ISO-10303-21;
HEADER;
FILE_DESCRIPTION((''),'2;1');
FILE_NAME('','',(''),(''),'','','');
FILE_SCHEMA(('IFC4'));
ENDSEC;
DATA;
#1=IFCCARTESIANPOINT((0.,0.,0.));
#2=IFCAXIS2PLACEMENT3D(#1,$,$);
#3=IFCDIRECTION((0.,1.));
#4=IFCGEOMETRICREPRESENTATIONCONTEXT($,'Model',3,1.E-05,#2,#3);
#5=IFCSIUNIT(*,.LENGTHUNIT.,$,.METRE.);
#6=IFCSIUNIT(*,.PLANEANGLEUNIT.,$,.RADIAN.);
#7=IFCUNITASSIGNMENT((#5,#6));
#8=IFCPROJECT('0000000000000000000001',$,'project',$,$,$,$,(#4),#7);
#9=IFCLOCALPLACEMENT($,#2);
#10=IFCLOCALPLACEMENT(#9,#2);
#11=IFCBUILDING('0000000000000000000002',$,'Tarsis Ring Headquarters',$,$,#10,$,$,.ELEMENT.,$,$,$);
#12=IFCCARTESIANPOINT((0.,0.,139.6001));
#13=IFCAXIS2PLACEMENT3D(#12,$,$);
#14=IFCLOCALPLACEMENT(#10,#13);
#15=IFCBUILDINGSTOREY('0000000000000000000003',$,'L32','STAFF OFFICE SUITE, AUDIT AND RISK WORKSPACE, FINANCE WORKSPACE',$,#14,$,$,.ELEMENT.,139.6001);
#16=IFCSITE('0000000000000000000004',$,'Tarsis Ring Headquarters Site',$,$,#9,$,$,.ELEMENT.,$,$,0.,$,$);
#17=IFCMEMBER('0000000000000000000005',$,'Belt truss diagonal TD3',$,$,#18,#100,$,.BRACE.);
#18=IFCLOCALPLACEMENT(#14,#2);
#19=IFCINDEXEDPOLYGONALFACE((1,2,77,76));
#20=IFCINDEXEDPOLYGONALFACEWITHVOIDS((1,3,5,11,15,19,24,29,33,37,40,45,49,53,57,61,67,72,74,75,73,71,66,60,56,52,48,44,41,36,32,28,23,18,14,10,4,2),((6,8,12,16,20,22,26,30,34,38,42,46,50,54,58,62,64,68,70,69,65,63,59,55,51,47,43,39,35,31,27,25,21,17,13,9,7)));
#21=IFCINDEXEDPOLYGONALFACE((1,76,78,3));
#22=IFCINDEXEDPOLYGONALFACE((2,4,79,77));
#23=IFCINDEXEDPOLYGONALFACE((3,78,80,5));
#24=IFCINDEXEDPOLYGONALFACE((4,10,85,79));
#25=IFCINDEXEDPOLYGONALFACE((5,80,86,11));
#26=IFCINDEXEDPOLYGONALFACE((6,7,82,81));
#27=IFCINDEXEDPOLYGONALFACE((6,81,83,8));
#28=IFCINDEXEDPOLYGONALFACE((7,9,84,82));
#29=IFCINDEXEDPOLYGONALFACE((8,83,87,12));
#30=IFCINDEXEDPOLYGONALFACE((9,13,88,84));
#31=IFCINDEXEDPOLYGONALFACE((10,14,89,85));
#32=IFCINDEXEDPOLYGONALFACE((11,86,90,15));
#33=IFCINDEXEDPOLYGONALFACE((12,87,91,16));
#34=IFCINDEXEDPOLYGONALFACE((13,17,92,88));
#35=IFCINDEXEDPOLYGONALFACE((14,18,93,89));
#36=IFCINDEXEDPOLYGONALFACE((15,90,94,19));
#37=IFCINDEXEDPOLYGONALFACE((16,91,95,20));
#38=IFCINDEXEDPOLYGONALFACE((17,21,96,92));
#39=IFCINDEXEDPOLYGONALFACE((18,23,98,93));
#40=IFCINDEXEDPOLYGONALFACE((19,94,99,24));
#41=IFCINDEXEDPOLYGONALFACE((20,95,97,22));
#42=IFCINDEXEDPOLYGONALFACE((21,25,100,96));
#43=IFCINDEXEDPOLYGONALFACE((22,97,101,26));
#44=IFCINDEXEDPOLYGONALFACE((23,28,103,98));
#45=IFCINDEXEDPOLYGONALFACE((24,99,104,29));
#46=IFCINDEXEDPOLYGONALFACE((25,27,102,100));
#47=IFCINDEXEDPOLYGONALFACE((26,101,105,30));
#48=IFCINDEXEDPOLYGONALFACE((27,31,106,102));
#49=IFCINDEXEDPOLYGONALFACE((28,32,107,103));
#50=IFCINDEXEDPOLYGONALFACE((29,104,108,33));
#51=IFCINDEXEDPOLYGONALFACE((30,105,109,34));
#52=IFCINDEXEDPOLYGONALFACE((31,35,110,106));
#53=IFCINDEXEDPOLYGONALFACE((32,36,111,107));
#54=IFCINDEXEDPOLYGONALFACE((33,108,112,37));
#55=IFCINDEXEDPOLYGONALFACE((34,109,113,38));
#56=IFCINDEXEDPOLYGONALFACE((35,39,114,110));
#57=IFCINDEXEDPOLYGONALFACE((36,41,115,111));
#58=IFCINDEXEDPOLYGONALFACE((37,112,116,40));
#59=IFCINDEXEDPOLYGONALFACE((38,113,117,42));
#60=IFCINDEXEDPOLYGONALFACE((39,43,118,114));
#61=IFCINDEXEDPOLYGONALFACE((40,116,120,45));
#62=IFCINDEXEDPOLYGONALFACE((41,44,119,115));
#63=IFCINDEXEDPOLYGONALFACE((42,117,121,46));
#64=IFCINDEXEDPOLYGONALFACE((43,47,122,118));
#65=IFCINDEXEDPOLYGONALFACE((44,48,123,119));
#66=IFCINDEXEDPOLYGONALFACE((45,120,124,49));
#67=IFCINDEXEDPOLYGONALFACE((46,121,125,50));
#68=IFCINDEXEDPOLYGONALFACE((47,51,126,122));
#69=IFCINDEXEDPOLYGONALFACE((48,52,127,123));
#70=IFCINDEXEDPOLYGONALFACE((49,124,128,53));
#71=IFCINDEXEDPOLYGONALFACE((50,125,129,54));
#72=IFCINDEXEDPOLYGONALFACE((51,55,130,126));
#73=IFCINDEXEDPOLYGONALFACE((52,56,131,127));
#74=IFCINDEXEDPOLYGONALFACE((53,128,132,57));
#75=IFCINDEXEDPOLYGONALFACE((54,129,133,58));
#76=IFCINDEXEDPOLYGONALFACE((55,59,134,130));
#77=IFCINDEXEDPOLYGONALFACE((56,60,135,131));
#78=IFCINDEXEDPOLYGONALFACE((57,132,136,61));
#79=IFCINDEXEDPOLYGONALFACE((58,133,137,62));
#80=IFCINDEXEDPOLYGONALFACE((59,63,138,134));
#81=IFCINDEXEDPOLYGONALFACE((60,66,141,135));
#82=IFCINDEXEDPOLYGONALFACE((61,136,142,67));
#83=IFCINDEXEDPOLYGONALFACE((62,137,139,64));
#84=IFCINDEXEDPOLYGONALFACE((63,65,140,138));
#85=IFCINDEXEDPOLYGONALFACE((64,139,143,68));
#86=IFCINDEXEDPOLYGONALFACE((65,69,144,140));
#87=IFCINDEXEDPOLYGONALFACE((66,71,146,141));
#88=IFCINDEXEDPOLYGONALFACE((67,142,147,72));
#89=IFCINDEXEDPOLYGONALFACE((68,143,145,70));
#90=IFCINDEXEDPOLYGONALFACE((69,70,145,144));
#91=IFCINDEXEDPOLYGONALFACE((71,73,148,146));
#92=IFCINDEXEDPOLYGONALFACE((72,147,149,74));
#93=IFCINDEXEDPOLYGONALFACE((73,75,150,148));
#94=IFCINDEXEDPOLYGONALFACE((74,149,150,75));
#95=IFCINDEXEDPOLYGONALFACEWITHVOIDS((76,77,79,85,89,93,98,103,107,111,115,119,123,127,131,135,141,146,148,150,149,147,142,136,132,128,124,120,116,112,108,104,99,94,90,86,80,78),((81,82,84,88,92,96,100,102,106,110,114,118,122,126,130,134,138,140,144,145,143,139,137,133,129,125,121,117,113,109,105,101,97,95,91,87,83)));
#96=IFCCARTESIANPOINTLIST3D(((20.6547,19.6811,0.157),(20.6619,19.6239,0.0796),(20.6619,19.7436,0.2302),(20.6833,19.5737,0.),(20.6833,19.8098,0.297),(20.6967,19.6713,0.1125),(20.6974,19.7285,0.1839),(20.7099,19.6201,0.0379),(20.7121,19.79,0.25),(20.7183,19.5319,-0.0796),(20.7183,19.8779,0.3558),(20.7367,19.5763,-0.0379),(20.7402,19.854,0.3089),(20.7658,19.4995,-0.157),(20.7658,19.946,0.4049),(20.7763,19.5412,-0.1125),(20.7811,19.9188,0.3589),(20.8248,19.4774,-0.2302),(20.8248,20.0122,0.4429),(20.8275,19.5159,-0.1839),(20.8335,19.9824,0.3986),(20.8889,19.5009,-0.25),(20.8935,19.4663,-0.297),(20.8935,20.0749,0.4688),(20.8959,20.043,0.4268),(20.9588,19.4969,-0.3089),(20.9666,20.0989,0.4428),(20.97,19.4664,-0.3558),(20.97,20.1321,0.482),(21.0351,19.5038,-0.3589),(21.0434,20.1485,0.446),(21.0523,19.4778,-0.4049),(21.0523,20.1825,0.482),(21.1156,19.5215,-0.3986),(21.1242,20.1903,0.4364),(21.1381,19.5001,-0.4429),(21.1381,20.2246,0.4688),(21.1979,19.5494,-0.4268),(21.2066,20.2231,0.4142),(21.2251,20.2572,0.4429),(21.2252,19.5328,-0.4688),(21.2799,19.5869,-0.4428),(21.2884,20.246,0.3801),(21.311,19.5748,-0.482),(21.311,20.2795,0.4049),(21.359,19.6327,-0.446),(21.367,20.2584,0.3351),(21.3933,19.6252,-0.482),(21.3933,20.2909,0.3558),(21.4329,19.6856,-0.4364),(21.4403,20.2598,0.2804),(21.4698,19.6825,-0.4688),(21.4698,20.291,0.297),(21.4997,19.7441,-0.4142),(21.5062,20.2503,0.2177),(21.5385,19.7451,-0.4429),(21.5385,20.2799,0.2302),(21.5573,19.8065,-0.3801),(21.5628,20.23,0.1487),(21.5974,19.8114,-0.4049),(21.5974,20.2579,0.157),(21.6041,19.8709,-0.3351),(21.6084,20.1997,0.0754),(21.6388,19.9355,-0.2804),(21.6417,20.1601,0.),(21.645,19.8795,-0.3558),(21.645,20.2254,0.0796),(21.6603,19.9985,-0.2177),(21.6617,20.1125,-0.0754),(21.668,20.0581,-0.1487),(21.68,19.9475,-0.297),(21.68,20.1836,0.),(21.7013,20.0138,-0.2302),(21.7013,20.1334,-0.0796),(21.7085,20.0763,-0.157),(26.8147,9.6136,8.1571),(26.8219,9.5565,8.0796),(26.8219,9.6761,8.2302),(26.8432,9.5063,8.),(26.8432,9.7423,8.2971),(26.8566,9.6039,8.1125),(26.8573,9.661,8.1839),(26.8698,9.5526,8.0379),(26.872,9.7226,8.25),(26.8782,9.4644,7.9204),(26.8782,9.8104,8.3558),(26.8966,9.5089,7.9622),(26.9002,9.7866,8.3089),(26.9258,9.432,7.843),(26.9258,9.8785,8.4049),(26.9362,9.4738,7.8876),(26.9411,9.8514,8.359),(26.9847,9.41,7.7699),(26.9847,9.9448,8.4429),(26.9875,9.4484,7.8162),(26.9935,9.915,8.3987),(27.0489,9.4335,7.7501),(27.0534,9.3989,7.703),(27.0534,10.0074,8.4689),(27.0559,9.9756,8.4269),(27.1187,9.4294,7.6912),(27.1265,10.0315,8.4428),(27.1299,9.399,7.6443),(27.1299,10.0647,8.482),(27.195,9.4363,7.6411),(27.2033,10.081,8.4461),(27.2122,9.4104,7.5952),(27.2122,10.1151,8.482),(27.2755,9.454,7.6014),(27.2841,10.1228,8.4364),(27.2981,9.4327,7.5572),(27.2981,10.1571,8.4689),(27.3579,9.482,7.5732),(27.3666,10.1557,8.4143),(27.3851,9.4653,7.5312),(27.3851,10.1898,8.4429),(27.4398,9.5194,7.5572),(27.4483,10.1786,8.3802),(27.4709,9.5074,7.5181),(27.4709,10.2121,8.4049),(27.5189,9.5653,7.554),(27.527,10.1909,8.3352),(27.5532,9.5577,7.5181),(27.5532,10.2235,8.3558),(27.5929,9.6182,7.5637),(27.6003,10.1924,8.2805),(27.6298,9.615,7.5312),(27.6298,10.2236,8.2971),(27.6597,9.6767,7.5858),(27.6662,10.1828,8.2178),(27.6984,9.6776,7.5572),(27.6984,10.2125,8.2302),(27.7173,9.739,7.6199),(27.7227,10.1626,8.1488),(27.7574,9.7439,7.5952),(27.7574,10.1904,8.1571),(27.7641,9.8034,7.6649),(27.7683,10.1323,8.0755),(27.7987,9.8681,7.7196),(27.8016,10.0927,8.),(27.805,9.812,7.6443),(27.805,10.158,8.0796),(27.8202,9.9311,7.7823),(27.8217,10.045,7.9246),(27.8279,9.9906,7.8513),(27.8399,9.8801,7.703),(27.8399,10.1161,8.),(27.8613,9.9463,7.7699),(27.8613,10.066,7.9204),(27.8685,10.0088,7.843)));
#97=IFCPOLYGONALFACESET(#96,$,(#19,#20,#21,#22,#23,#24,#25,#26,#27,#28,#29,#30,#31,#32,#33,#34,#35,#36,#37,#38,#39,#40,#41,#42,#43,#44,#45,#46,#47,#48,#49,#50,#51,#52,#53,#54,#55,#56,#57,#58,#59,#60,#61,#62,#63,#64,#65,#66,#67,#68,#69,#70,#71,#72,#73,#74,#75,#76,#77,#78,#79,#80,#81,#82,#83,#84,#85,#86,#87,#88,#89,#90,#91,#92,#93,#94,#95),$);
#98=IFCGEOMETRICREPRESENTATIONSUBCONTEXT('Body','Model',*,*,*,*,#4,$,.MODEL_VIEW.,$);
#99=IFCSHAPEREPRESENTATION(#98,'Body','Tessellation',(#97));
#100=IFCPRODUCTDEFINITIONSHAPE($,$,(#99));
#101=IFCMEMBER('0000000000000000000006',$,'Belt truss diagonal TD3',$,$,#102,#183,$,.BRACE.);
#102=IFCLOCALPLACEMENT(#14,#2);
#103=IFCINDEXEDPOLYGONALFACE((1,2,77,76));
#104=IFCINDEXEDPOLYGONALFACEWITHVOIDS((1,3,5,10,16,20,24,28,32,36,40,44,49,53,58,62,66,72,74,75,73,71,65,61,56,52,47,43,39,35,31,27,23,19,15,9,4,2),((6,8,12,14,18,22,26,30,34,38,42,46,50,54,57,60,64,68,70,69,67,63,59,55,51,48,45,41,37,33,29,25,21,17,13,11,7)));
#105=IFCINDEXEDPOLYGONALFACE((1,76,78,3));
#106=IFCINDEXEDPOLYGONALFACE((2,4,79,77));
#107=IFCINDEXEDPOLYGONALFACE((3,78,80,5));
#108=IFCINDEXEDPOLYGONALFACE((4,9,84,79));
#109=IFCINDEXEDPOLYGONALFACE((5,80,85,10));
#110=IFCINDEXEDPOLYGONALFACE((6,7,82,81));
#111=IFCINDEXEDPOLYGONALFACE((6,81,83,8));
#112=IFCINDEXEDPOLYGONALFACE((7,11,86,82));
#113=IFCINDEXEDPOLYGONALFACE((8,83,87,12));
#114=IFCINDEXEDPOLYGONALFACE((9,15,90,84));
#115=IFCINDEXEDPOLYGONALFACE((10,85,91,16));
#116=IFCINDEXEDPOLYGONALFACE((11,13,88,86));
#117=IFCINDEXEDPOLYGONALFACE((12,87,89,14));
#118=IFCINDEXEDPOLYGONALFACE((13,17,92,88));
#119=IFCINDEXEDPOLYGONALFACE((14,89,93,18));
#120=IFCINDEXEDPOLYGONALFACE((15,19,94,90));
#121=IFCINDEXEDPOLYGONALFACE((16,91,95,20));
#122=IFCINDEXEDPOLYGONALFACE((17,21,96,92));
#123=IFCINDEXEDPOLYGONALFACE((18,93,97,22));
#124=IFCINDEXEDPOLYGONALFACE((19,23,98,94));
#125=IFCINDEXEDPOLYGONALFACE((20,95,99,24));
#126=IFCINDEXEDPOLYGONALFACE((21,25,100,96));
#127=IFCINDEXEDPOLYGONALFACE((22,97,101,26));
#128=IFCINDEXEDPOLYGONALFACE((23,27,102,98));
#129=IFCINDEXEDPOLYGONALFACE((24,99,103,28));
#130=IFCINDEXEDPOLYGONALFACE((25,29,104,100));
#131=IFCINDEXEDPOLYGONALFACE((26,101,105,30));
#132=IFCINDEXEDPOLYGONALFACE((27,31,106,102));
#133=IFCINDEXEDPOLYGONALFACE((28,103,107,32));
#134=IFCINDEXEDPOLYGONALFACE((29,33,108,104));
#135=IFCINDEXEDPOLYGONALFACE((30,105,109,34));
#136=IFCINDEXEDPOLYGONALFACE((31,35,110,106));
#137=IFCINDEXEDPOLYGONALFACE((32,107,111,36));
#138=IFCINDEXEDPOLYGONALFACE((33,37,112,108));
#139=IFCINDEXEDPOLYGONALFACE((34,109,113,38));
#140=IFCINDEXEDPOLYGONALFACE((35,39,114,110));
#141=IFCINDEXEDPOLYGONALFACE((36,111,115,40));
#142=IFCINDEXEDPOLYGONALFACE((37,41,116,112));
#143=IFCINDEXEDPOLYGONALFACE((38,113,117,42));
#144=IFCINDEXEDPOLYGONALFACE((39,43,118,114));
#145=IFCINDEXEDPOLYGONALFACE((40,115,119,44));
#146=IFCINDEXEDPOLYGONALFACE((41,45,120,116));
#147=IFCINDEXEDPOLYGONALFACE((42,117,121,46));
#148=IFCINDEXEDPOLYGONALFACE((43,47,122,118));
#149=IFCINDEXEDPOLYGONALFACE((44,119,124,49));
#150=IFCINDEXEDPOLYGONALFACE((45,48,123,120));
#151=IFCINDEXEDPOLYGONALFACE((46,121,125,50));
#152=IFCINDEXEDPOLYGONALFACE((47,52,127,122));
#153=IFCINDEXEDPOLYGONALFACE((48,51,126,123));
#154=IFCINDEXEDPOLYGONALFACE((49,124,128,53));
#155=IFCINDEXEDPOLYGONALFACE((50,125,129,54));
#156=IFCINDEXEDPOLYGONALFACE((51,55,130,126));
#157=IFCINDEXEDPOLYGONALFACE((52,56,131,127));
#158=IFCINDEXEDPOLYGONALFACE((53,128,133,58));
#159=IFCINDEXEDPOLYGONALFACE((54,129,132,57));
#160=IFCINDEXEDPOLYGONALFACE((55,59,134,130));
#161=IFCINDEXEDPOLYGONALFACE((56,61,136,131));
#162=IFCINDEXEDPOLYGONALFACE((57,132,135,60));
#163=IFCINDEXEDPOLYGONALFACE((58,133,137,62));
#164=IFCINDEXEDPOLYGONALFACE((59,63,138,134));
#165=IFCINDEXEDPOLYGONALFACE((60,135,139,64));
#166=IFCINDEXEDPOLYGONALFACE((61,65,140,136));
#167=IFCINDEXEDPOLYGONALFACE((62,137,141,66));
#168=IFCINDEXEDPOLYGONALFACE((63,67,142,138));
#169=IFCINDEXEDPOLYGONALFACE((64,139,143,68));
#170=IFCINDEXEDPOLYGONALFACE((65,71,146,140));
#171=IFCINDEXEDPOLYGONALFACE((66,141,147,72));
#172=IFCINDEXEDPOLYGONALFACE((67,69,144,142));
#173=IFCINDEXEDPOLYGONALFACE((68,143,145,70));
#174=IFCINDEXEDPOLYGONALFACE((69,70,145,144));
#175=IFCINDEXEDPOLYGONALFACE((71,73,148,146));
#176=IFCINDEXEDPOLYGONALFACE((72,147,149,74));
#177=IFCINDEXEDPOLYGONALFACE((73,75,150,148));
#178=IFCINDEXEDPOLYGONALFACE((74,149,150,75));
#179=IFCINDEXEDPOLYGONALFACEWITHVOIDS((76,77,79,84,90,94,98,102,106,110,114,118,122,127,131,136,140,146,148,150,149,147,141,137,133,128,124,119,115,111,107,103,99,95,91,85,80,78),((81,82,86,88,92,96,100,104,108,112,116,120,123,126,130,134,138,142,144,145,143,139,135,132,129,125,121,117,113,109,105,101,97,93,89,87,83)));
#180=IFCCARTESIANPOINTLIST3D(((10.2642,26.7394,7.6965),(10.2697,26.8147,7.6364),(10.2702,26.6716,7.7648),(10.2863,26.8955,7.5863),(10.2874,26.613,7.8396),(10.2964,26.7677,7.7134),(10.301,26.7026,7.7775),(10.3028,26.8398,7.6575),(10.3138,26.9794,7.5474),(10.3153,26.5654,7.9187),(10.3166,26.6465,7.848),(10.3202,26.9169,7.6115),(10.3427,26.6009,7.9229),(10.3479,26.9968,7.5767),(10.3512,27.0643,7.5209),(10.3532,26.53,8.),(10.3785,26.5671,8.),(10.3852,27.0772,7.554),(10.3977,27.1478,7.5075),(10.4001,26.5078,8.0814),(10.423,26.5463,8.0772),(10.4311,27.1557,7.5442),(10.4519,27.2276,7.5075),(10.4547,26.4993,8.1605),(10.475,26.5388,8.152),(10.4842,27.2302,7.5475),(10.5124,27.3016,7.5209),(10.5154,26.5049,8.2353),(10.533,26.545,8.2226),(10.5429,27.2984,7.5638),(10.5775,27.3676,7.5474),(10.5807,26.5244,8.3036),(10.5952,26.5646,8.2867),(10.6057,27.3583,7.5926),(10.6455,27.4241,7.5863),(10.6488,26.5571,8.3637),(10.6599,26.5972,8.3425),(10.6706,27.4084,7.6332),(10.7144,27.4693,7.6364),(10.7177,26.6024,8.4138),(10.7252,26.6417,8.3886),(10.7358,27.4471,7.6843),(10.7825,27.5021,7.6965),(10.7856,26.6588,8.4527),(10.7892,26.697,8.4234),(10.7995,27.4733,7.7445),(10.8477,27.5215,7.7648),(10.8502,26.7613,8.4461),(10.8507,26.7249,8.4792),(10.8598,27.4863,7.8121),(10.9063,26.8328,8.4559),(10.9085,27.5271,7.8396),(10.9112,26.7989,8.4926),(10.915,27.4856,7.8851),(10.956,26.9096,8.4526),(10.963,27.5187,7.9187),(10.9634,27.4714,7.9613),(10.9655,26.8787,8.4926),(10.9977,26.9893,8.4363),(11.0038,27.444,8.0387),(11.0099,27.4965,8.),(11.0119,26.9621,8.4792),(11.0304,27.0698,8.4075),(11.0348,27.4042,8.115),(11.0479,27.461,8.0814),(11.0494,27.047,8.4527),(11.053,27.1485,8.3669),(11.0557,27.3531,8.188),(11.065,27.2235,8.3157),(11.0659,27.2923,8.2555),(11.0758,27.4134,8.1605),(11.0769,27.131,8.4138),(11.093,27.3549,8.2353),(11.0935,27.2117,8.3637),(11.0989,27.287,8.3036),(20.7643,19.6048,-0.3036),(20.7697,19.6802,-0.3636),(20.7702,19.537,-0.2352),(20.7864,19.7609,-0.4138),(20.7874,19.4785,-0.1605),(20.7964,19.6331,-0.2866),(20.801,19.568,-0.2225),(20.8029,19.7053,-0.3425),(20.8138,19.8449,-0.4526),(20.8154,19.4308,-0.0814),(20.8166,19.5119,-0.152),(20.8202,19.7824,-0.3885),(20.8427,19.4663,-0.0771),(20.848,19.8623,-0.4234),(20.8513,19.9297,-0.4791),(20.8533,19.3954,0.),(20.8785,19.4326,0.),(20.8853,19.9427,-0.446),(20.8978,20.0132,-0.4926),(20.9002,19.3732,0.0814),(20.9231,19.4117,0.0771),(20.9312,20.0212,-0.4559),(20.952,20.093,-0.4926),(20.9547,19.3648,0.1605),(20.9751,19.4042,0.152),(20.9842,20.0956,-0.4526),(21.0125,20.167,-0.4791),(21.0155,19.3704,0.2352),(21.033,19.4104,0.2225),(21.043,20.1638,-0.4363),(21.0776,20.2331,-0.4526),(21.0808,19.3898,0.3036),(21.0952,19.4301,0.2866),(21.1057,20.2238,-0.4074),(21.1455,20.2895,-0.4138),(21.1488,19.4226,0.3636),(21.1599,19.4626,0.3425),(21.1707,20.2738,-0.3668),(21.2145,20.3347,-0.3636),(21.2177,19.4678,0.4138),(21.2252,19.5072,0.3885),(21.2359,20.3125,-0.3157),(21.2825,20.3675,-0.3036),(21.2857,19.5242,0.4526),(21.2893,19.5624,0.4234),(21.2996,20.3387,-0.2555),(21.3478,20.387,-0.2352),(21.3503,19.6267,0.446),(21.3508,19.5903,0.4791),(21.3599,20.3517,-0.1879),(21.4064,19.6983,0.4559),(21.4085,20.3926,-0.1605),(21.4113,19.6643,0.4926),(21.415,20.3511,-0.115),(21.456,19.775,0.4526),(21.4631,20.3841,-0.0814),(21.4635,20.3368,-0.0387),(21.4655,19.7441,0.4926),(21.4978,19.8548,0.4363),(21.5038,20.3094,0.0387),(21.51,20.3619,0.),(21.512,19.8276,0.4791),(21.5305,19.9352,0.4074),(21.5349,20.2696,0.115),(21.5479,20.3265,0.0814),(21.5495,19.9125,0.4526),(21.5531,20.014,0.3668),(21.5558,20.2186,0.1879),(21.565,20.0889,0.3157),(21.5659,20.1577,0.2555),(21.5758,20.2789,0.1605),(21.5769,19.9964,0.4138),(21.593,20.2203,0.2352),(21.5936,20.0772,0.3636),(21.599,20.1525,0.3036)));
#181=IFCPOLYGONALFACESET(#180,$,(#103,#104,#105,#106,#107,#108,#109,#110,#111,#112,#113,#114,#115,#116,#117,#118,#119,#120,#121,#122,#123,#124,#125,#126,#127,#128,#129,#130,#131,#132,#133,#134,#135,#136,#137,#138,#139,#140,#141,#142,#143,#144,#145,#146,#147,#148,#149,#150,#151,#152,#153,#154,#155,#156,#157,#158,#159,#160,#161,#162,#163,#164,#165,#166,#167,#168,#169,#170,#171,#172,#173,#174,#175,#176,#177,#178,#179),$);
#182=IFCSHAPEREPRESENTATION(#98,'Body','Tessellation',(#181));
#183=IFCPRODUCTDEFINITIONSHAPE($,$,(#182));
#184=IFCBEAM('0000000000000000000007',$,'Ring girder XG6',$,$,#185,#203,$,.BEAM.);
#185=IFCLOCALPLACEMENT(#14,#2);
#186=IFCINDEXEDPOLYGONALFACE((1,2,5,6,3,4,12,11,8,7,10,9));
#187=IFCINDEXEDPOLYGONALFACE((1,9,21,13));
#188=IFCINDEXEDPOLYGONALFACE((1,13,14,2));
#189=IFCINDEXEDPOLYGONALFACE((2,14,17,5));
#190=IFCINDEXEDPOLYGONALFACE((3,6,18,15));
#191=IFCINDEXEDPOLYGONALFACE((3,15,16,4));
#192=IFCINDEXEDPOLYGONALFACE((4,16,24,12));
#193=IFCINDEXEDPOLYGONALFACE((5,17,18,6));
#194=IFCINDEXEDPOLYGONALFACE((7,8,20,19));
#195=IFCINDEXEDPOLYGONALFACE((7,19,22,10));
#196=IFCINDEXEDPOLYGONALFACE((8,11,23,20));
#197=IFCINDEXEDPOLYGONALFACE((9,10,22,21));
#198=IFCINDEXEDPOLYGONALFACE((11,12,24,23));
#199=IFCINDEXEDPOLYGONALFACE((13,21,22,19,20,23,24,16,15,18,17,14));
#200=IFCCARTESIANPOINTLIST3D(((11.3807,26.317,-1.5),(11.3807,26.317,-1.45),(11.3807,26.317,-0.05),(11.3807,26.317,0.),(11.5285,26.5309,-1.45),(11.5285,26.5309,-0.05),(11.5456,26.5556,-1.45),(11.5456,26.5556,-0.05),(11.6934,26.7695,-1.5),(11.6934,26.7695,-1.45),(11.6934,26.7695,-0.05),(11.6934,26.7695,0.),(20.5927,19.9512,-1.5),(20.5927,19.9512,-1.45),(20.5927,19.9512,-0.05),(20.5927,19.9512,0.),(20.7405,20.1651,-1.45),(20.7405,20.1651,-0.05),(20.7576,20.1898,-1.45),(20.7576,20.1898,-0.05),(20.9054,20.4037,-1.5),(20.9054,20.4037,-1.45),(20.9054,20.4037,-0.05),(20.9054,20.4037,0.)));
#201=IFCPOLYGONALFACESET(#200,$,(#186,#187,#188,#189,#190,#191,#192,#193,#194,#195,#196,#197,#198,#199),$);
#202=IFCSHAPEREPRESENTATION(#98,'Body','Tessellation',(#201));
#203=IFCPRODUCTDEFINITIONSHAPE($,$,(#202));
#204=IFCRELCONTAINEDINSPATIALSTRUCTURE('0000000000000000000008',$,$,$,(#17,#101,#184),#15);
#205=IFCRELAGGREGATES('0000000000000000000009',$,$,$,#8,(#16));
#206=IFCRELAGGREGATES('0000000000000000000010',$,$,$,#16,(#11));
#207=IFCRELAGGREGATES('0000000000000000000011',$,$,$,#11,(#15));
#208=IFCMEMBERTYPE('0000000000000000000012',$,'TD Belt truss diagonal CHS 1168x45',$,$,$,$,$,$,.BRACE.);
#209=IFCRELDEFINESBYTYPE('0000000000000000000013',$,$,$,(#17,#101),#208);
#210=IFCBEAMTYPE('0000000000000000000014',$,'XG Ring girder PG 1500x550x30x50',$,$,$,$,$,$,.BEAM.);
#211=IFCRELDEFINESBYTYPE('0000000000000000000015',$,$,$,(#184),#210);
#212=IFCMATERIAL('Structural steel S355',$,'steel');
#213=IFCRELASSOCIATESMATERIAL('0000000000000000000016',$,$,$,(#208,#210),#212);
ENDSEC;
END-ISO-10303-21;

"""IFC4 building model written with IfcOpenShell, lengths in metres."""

from ifc_helpers import new_model, si_unit, direction, frame, origin, origin_2d, place, context, subcontext, project, spatial, hollow_circle, i_section, extrude, material, material_profile, profile_set, type_object, element, save


model = new_model("IFC4")

# Units and contexts
model_context = context("Model", 3, precision=1e-05, world=origin(), true_north=direction((0.0, 1.0)))
body_context = subcontext(model_context, "Body", "Model", "MODEL_VIEW")
ifc_project = project(units=[si_unit("LENGTHUNIT", "METRE"), si_unit("PLANEANGLEUNIT", "RADIAN")], contexts=[model_context])

# Site, building, storey
site_placement = place(None, origin())
site = spatial("IfcSite", under=ifc_project, at=site_placement, Name="Tarsis Ring Headquarters Site", CompositionType="ELEMENT", RefElevation=0.0)
building_placement = place(site_placement, origin())
building = spatial("IfcBuilding", under=site, at=building_placement, Name="Tarsis Ring Headquarters", CompositionType="ELEMENT")
storey_placement = place(building_placement, frame((0.0, 0.0, 139.6001)))
storey = spatial("IfcBuildingStorey", under=building, at=storey_placement, Name="L32", Description="STAFF OFFICE SUITE, AUDIT AND RISK WORKSPACE, FINANCE WORKSPACE", CompositionType="ELEMENT", Elevation=139.6001)

# Shared definitions
ifc_material_1 = material(Name="Structural steel S355", Category="steel")
ifc_material_profile_1 = material_profile(ifc_material_1, hollow_circle(Radius=0.5842, WallThickness=0.0449, at=origin_2d()), Name="CHS 1168x45")
ifc_profile_set_1 = profile_set([ifc_material_profile_1], Name="Structural steel S355")

# Members
member_type_1 = type_object("IfcMemberType", Name="TD Belt truss diagonal CHS 1168x45", PredefinedType="BRACE", material=ifc_profile_set_1)
member_1_placement = place(storey_placement, frame((21.1816, 19.8787, 0.0), z_axis=(0.432025, -0.706076, 0.56108), x_axis=(0.852994, 0.52192, 0.0)))
element("IfcMember", 1, at=member_1_placement, inside=storey, type_object=member_type_1, Name="Belt truss diagonal TD3", PredefinedType="BRACE", context=body_context, shape_type="SweptSolid", body=[
    extrude(hollow_circle(Radius=0.5842, WallThickness=0.0449, at=origin_2d()), origin(), (0.0, 0.0, 1.0), 14.2583),
])
member_2_placement = place(storey_placement, frame((21.1816, 19.8787, 0.0), z_axis=(-0.699765, 0.475475, 0.533154), x_axis=(-0.562015, -0.827127, 0.0)))
element("IfcMember", 2, at=member_2_placement, inside=storey, type_object=member_type_1, Name="Belt truss diagonal TD3", PredefinedType="BRACE", context=body_context, shape_type="SweptSolid", body=[
    extrude(hollow_circle(Radius=0.5842, WallThickness=0.0449, at=origin_2d()), origin(), (0.0, 0.0, 1.0), 15.0051),
])

# Beam
ifc_material_profile_2 = material_profile(ifc_material_1, i_section(OverallWidth=0.55, OverallDepth=1.5, WebThickness=0.03, FlangeThickness=0.05, at=origin_2d()), Name="PG 1500x550x30x50")
ifc_profile_set_2 = profile_set([ifc_material_profile_2], Name="Structural steel S355")
beam_type_1 = type_object("IfcBeamType", Name="XG Ring girder PG 1500x550x30x50", PredefinedType="BEAM", material=ifc_profile_set_2)
beam_1_placement = place(storey_placement, frame((20.749, 20.1775, -0.75), z_axis=(-0.822683, 0.5685, 0.0), x_axis=(-0.5685, -0.822683, 0.0)))
element("IfcBeam", 3, at=beam_1_placement, inside=storey, type_object=beam_type_1, Name="Ring girder XG6", PredefinedType="BEAM", context=body_context, shape_type="SweptSolid", body=[
    extrude(i_section(OverallWidth=0.55, OverallDepth=1.5, WebThickness=0.03, FlangeThickness=0.05, at=origin_2d()), origin(), (0.0, 0.0, 1.0), 11.1975),
])

save(model, "model.ifc")
